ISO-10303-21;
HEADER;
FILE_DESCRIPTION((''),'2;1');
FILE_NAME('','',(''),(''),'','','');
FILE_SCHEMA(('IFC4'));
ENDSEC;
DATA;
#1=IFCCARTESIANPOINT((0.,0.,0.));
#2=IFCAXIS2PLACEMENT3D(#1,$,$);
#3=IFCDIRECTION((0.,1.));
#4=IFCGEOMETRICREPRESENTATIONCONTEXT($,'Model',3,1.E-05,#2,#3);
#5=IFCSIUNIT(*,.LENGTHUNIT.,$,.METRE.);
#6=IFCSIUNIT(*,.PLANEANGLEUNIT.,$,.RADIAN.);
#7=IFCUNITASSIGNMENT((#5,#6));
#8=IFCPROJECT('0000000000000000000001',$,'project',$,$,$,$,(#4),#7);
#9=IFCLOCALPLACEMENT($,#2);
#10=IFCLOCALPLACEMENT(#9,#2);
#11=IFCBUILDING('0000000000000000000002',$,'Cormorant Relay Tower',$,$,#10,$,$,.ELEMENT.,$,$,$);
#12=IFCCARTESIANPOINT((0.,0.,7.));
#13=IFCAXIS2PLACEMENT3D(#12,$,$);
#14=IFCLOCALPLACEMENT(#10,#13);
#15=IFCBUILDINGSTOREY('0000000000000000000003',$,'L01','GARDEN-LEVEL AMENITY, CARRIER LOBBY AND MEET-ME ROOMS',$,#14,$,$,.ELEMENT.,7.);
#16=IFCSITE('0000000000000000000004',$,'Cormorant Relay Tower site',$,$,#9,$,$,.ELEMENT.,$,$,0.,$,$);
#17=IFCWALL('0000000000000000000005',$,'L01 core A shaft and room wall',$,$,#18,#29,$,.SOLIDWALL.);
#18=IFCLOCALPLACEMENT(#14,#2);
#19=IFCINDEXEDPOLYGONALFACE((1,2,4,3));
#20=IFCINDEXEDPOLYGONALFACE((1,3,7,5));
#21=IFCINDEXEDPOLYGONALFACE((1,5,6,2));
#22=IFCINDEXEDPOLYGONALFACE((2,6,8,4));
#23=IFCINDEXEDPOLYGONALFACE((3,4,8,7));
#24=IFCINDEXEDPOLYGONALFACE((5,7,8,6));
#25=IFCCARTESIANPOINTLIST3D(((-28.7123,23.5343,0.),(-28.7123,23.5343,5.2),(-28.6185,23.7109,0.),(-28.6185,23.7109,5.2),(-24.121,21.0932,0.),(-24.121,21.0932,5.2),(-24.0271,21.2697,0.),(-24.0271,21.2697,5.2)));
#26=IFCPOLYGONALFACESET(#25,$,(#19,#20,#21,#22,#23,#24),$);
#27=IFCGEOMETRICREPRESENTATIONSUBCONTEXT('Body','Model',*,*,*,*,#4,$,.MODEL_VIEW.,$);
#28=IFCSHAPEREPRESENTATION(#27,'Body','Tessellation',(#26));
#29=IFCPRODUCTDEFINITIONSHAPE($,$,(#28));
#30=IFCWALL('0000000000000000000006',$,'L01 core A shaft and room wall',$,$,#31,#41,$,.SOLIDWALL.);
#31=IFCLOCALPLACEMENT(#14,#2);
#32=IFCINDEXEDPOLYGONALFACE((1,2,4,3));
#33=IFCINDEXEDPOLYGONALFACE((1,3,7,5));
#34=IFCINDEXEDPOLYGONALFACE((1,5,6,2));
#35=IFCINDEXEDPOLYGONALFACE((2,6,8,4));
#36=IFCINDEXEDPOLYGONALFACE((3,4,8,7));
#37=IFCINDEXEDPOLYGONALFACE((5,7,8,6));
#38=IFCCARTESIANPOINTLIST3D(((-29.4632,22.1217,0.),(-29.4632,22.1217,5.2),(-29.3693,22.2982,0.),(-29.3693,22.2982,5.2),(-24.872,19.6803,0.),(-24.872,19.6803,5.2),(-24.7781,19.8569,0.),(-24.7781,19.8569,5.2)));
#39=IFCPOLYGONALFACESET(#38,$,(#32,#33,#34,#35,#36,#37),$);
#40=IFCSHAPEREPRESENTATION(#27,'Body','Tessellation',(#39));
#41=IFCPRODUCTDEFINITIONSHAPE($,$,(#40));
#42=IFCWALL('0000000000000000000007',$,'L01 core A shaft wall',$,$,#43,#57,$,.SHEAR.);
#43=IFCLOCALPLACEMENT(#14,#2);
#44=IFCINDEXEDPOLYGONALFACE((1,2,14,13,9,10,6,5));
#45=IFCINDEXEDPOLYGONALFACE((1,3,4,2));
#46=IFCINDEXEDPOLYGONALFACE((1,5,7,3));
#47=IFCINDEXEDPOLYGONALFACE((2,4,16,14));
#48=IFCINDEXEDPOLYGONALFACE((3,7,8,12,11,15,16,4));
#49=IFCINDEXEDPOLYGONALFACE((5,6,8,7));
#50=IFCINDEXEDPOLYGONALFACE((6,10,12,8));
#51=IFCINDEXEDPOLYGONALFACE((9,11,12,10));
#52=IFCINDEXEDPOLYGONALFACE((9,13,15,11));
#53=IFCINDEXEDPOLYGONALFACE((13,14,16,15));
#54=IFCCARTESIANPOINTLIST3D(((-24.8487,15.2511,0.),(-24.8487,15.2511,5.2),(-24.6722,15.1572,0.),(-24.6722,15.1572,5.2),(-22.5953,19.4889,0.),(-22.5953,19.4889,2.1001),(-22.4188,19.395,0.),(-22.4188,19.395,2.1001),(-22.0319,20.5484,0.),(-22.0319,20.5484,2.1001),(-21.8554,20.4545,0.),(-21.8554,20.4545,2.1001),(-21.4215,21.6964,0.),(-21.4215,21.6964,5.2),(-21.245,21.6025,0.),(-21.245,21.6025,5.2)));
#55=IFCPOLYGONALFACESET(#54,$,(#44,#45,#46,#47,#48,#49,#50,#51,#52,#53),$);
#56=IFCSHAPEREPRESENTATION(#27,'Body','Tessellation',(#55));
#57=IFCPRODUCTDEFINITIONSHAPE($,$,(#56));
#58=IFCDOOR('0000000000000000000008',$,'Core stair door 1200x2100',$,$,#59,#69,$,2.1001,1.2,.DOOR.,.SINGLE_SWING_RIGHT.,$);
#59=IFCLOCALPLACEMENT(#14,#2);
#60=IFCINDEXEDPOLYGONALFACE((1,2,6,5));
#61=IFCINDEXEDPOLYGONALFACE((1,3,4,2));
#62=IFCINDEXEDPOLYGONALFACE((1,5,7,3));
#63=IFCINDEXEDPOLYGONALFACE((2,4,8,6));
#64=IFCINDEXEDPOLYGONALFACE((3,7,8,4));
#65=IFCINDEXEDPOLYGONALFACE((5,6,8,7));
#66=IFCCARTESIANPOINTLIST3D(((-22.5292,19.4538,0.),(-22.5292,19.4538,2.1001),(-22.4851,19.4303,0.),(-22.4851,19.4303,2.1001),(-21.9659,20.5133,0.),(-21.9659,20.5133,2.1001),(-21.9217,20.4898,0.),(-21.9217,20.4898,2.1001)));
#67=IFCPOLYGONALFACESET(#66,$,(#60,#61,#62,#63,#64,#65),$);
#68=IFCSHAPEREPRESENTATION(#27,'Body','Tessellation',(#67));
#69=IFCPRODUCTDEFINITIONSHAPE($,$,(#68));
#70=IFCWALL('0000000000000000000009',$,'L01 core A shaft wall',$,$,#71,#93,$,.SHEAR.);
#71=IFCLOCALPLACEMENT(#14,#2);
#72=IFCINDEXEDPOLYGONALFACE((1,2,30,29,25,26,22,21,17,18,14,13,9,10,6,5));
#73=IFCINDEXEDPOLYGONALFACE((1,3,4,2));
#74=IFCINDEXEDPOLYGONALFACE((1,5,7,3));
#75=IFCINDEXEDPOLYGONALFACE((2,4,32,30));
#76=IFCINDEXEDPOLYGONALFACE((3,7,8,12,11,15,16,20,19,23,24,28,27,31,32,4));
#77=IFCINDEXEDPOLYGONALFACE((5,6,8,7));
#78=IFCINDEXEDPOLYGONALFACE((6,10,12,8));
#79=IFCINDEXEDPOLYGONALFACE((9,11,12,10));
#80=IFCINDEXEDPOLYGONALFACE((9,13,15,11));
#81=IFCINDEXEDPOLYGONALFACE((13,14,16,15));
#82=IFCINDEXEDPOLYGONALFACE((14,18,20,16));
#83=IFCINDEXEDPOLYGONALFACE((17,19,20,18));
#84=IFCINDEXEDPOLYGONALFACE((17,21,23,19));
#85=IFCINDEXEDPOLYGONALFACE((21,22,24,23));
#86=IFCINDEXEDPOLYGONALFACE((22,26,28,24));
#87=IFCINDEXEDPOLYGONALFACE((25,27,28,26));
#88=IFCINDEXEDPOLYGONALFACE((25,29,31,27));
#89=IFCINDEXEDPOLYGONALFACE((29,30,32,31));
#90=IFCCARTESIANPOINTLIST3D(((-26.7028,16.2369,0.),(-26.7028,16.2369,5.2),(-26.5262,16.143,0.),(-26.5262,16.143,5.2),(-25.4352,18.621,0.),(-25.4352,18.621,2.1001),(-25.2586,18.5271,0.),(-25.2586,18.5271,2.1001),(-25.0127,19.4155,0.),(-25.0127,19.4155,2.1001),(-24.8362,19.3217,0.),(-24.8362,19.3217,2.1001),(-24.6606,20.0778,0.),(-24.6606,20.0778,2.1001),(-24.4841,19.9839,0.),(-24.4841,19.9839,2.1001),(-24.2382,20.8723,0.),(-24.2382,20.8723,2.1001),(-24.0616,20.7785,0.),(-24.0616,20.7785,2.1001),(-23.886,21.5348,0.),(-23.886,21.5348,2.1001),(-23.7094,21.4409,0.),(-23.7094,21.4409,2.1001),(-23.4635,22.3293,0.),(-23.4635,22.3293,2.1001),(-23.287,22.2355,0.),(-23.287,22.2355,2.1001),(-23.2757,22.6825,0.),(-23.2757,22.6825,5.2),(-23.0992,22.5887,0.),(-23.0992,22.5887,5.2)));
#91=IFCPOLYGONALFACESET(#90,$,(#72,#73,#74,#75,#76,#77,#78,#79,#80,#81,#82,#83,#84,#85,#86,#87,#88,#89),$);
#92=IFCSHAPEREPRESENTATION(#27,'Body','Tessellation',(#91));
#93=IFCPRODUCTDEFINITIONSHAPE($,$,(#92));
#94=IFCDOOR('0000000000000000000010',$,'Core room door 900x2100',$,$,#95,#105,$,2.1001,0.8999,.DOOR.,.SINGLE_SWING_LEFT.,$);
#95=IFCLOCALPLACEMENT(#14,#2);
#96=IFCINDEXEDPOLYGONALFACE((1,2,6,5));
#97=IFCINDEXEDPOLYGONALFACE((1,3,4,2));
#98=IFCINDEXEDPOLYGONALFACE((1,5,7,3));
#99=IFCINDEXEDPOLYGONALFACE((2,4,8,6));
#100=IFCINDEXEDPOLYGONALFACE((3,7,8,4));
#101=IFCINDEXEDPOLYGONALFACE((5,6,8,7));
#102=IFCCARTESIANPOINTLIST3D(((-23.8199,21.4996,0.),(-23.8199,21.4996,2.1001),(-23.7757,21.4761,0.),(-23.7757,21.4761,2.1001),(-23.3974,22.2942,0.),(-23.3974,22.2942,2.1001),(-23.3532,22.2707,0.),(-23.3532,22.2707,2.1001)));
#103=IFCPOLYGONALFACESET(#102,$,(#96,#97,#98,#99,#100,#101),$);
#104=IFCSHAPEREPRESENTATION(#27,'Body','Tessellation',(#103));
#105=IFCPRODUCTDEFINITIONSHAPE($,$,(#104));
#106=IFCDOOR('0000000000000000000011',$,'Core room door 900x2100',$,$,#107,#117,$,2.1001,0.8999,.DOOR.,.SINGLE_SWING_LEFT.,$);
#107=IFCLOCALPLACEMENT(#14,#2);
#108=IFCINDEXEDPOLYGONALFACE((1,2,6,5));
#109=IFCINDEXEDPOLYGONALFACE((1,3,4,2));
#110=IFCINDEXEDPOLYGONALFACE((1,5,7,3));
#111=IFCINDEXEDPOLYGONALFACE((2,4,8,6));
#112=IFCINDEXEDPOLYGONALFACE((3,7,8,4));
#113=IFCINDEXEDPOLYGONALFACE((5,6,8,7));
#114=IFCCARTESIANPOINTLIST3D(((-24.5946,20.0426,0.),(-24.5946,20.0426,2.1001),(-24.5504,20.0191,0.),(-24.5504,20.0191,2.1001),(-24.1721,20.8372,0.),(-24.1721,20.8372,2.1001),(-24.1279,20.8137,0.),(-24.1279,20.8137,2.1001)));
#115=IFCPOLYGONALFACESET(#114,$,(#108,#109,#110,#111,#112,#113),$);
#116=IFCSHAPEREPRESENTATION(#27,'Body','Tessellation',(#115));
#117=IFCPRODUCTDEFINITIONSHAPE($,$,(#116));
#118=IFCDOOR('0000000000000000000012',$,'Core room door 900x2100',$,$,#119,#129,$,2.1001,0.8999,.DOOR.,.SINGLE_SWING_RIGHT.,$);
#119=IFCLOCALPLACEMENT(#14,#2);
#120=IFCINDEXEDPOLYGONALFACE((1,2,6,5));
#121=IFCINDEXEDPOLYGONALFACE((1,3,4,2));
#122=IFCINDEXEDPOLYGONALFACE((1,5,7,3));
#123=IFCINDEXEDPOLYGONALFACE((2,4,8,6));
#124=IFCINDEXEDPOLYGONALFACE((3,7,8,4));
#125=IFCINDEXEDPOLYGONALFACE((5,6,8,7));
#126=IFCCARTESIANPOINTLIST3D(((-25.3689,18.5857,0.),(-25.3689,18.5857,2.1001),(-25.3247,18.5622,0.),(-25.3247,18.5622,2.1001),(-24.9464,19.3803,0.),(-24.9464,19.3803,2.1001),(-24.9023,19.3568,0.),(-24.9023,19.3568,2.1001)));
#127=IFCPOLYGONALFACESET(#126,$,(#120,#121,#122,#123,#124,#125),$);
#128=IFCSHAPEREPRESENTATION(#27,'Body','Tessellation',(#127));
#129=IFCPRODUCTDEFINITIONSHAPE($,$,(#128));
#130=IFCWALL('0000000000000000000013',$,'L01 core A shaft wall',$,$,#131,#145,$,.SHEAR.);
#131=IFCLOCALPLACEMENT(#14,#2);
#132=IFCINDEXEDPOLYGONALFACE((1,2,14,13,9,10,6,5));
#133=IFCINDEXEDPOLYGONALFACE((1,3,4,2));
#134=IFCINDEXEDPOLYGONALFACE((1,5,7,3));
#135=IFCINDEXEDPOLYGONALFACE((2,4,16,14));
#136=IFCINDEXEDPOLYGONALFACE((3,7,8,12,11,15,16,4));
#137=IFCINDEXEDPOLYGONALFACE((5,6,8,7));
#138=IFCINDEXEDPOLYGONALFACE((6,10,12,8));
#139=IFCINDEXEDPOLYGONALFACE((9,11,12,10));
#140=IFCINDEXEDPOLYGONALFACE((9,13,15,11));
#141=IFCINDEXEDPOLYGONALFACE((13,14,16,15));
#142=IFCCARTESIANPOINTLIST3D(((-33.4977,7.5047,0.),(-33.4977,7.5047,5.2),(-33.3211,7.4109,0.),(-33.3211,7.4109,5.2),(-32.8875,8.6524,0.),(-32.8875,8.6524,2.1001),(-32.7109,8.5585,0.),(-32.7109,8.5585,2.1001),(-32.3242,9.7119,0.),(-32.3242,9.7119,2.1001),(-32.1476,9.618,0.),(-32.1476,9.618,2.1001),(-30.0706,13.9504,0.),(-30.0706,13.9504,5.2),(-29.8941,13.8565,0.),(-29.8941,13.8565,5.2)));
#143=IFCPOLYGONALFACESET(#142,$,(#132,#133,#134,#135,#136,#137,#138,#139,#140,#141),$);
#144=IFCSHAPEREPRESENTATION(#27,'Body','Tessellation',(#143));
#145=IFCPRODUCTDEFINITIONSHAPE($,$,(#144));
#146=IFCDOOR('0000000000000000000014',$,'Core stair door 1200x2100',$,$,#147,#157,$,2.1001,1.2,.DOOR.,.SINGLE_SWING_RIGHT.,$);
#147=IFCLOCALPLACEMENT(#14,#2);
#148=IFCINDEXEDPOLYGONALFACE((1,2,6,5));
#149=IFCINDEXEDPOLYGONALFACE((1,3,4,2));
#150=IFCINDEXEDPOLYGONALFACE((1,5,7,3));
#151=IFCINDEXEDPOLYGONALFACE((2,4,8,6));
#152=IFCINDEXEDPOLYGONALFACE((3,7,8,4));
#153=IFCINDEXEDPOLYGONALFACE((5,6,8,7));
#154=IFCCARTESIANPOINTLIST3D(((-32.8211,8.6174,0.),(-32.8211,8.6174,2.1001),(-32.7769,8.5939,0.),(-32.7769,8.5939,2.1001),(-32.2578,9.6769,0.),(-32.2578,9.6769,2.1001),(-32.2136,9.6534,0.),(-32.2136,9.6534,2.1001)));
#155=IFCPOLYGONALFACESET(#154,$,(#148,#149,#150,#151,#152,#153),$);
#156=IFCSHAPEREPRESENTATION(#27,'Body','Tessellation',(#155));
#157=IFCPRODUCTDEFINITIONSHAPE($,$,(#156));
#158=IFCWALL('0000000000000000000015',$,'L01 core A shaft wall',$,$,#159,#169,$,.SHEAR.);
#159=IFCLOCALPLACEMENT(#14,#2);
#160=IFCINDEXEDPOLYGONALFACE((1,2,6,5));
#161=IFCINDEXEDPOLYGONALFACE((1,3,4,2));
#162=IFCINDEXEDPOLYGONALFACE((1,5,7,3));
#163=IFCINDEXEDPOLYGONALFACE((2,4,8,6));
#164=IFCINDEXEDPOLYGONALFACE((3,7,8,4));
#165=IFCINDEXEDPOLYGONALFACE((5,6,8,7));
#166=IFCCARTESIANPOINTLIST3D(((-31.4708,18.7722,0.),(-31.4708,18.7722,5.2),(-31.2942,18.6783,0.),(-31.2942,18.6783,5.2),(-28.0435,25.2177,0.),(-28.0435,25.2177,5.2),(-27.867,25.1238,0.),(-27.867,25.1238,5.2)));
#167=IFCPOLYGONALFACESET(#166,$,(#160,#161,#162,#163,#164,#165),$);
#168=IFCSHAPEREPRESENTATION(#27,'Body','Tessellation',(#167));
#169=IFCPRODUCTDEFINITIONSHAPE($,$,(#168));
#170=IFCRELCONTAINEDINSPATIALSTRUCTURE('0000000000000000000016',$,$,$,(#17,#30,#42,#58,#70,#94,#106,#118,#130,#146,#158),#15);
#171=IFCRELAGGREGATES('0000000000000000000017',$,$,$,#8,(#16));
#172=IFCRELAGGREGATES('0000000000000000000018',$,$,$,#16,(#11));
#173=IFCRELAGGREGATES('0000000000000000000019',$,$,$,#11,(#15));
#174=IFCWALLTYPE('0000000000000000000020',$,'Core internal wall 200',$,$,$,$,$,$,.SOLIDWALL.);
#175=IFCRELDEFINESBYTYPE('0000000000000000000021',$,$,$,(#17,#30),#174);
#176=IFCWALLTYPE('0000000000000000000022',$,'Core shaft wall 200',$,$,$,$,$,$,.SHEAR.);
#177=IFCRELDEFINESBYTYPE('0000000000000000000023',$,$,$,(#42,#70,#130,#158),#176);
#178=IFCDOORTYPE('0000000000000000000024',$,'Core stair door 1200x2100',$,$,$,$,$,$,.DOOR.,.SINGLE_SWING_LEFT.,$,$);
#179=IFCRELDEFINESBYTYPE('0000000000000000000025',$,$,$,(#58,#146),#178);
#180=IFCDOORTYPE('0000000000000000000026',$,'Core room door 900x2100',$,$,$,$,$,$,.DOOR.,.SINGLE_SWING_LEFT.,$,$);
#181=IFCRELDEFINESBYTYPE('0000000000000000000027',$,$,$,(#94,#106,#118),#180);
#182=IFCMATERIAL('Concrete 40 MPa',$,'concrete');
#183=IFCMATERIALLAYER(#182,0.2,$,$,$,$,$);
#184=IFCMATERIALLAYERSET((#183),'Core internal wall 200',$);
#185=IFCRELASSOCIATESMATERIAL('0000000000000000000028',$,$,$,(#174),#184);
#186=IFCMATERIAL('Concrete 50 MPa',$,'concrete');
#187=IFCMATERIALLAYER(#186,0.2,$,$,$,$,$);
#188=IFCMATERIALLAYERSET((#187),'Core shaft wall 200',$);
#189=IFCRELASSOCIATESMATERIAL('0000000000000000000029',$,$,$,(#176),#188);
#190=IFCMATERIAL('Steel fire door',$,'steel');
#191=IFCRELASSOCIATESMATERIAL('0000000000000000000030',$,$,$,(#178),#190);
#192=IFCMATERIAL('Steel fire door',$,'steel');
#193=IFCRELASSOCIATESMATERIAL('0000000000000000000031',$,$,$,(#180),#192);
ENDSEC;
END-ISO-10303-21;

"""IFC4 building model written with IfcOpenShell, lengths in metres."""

from ifc_helpers import new_model, si_unit, direction, frame, frame_2d, origin, place, context, subcontext, project, spatial, rectangle, extrude, material, layer, layer_set, type_object, element, fill, save


model = new_model("IFC4")

# Units and contexts
model_context = context("Model", 3, precision=1e-05, world=origin(), true_north=direction((0.0, 1.0)))
body_context = subcontext(model_context, "Body", "Model", "MODEL_VIEW")
ifc_project = project(units=[si_unit("LENGTHUNIT", "METRE"), si_unit("PLANEANGLEUNIT", "RADIAN")], contexts=[model_context])

# Site, building, storey
site_placement = place(None, origin())
site = spatial("IfcSite", under=ifc_project, at=site_placement, Name="Cormorant Relay Tower site", CompositionType="ELEMENT", RefElevation=0.0)
building_placement = place(site_placement, origin())
building = spatial("IfcBuilding", under=site, at=building_placement, Name="Cormorant Relay Tower", CompositionType="ELEMENT")
storey_placement = place(building_placement, frame((0.0, 0.0, 7.0)))
storey = spatial("IfcBuildingStorey", under=building, at=storey_placement, Name="L01", Description="GARDEN-LEVEL AMENITY, CARRIER LOBBY AND MEET-ME ROOMS", CompositionType="ELEMENT", Elevation=7.0)

# Walls
ifc_material_1 = material(Name="Concrete 40 MPa", Category="concrete")
ifc_layer_1 = layer(ifc_material_1, 0.2)
ifc_layer_set_1 = layer_set([ifc_layer_1], Name="Core internal wall 200")
wall_type_1 = type_object("IfcWallType", Name="Core internal wall 200", PredefinedType="SOLIDWALL", material=ifc_layer_set_1)
for number, where, z_axis, x_axis, name in (
    (1, (-24.074, 21.1814, 0.0), (0.0, 0.0, 1.0), (-0.882954, 0.46946, 0.0), "L01 core A shaft and room wall"),
    (2, (-24.825, 19.7686, 0.0), (0.0, 0.0, 1.0), (-0.882935, 0.469496, 0.0), "L01 core A shaft and room wall"),
):
    element("IfcWall", number, at=place(storey_placement, frame(where, z_axis=z_axis, x_axis=x_axis)), inside=storey, type_object=wall_type_1, Name=name, PredefinedType="SOLIDWALL", context=body_context, shape_type="SweptSolid", body=[
        extrude(rectangle(XDim=5.2, YDim=0.2, at=frame_2d((2.6001, 0.0))), origin(), (0.0, 0.0, 1.0), 5.2),
    ])

# Wall, opening, door
ifc_material_2 = material(Name="Concrete 50 MPa", Category="concrete")
ifc_layer_2 = layer(ifc_material_2, 0.2)
ifc_layer_set_2 = layer_set([ifc_layer_2], Name="Core shaft wall 200")
wall_type_2 = type_object("IfcWallType", Name="Core shaft wall 200", PredefinedType="SHEAR", material=ifc_layer_set_2)
wall_1_placement = place(storey_placement, frame((-21.3333, 21.6494, 0.0), z_axis=(0.0, 0.0, 1.0), x_axis=(-0.469494, -0.882936, 0.0)))
wall_1 = element("IfcWall", 3, at=wall_1_placement, inside=storey, type_object=wall_type_2, Name="L01 core A shaft wall", PredefinedType="SHEAR", context=body_context, shape_type="SweptSolid", body=[
    extrude(rectangle(XDim=7.2998, YDim=0.2, at=frame_2d((3.6499, 0.0))), origin(), (0.0, 0.0, 1.0), 5.2),
])
opening_1_placement = place(wall_1_placement, frame((1.3, 0.0, 0.0)))
opening_1 = element("IfcOpeningElement", 4, at=opening_1_placement, cuts=wall_1, PredefinedType="OPENING", context=body_context, shape_type="SweptSolid", body=[
    extrude(rectangle(XDim=1.2, YDim=2.1001, at=frame_2d((0.6001, 1.05))), frame((0.0, 0.1099, 0.0), z_axis=(0.0, -1.0, 0.0), x_axis=(1.0, 0.0, 0.0)), (0.0, 0.0, 1.0), 0.22),
])
ifc_material_3 = material(Name="Steel fire door", Category="steel")
door_type_1 = type_object("IfcDoorType", Name="Core stair door 1200x2100", OperationType="SINGLE_SWING_LEFT", PredefinedType="DOOR", material=ifc_material_3)
door_1_placement = place(opening_1_placement, origin())
door_1 = element("IfcDoor", 5, at=door_1_placement, inside=storey, type_object=door_type_1, Name="Core stair door 1200x2100", OperationType="SINGLE_SWING_RIGHT", OverallHeight=2.1001, OverallWidth=1.2, PredefinedType="DOOR", context=body_context, shape_type="SweptSolid", body=[
    extrude(rectangle(XDim=1.2, YDim=2.1001, at=frame_2d((0.6001, 1.05))), frame((0.0, 0.0249, 0.0), z_axis=(0.0, -1.0, 0.0), x_axis=(1.0, 0.0, 0.0)), (0.0, 0.0, 1.0), 0.05),
])
fill(opening_1, door_1)

# Wall, openings, doors
wall_2_placement = place(storey_placement, frame((-23.1875, 22.6355, 0.0), z_axis=(0.0, 0.0, 1.0), x_axis=(-0.469454, -0.882957, 0.0)))
wall_2 = element("IfcWall", 6, at=wall_2_placement, inside=storey, type_object=wall_type_2, Name="L01 core A shaft wall", PredefinedType="SHEAR", context=body_context, shape_type="SweptSolid", body=[
    extrude(rectangle(XDim=7.3, YDim=0.2, at=frame_2d((3.6499, 0.0))), origin(), (0.0, 0.0, 1.0), 5.2),
])
opening_2_placement = place(wall_2_placement, frame((0.3999, 0.0, 0.0)))
opening_2 = element("IfcOpeningElement", 7, at=opening_2_placement, cuts=wall_2, PredefinedType="OPENING", context=body_context, shape_type="SweptSolid", body=[
    extrude(rectangle(XDim=0.8999, YDim=2.1001, at=frame_2d((0.45, 1.05))), frame((0.0, 0.1099, 0.0), z_axis=(0.0, -1.0, 0.0), x_axis=(1.0, 0.0, 0.0)), (0.0, 0.0, 1.0), 0.22),
])
opening_3_placement = place(wall_2_placement, frame((2.05, 0.0, 0.0)))
opening_3 = element("IfcOpeningElement", 8, at=opening_3_placement, cuts=wall_2, PredefinedType="OPENING", context=body_context, shape_type="SweptSolid", body=[
    extrude(rectangle(XDim=0.8999, YDim=2.1001, at=frame_2d((0.45, 1.05))), frame((0.0, 0.1099, 0.0), z_axis=(0.0, -1.0, 0.0), x_axis=(1.0, 0.0, 0.0)), (0.0, 0.0, 1.0), 0.22),
])
opening_4_placement = place(wall_2_placement, frame((3.7, 0.0, 0.0)))
opening_4 = element("IfcOpeningElement", 9, at=opening_4_placement, cuts=wall_2, PredefinedType="OPENING", context=body_context, shape_type="SweptSolid", body=[
    extrude(rectangle(XDim=0.8999, YDim=2.1001, at=frame_2d((0.45, 1.05))), frame((0.0, 0.1099, 0.0), z_axis=(0.0, -1.0, 0.0), x_axis=(1.0, 0.0, 0.0)), (0.0, 0.0, 1.0), 0.22),
])
ifc_material_4 = material(Name="Steel fire door", Category="steel")
door_type_2 = type_object("IfcDoorType", Name="Core room door 900x2100", OperationType="SINGLE_SWING_LEFT", PredefinedType="DOOR", material=ifc_material_4)
door_2_placement = place(opening_2_placement, origin())
door_2 = element("IfcDoor", 10, at=door_2_placement, inside=storey, type_object=door_type_2, Name="Core room door 900x2100", OperationType="SINGLE_SWING_LEFT", OverallHeight=2.1001, OverallWidth=0.8999, PredefinedType="DOOR", context=body_context, shape_type="SweptSolid", body=[
    extrude(rectangle(XDim=0.8999, YDim=2.1001, at=frame_2d((0.45, 1.05))), frame((0.0, 0.0249, 0.0), z_axis=(0.0, -1.0, 0.0), x_axis=(1.0, 0.0, 0.0)), (0.0, 0.0, 1.0), 0.05),
])
fill(opening_2, door_2)
door_3_placement = place(opening_3_placement, origin())
door_3 = element("IfcDoor", 11, at=door_3_placement, inside=storey, type_object=door_type_2, Name="Core room door 900x2100", OperationType="SINGLE_SWING_LEFT", OverallHeight=2.1001, OverallWidth=0.8999, PredefinedType="DOOR", context=body_context, shape_type="SweptSolid", body=[
    extrude(rectangle(XDim=0.8999, YDim=2.1001, at=frame_2d((0.45, 1.05))), frame((0.0, 0.0249, 0.0), z_axis=(0.0, -1.0, 0.0), x_axis=(1.0, 0.0, 0.0)), (0.0, 0.0, 1.0), 0.05),
])
fill(opening_3, door_3)
door_4_placement = place(opening_4_placement, frame((0.8999, 0.0, 0.0), z_axis=(0.0, 0.0, 1.0), x_axis=(-1.0, 0.0, 0.0)))
door_4 = element("IfcDoor", 12, at=door_4_placement, inside=storey, type_object=door_type_2, Name="Core room door 900x2100", OperationType="SINGLE_SWING_RIGHT", OverallHeight=2.1001, OverallWidth=0.8999, PredefinedType="DOOR", context=body_context, shape_type="SweptSolid", body=[
    extrude(rectangle(XDim=0.8999, YDim=2.1001, at=frame_2d((0.45, 1.05))), frame((0.0, 0.0249, 0.0), z_axis=(0.0, -1.0, 0.0), x_axis=(1.0, 0.0, 0.0)), (0.0, 0.0, 1.0), 0.05),
])
fill(opening_4, door_4)

# Wall, opening, door
wall_3_placement = place(storey_placement, frame((-29.9824, 13.9033, 0.0), z_axis=(0.0, 0.0, 1.0), x_axis=(-0.469454, -0.882957, 0.0)))
wall_3 = element("IfcWall", 13, at=wall_3_placement, inside=storey, type_object=wall_type_2, Name="L01 core A shaft wall", PredefinedType="SHEAR", context=body_context, shape_type="SweptSolid", body=[
    extrude(rectangle(XDim=7.3, YDim=0.2, at=frame_2d((3.6499, 0.0))), origin(), (0.0, 0.0, 1.0), 5.2),
])
opening_5_placement = place(wall_3_placement, frame((4.8, 0.0, 0.0)))
opening_5 = element("IfcOpeningElement", 14, at=opening_5_placement, cuts=wall_3, PredefinedType="OPENING", context=body_context, shape_type="SweptSolid", body=[
    extrude(rectangle(XDim=1.2, YDim=2.1001, at=frame_2d((0.6001, 1.05))), frame((0.0, 0.1099, 0.0), z_axis=(0.0, -1.0, 0.0), x_axis=(1.0, 0.0, 0.0)), (0.0, 0.0, 1.0), 0.22),
])
door_5_placement = place(opening_5_placement, frame((1.2, 0.0, 0.0), z_axis=(0.0, 0.0, 1.0), x_axis=(-1.0, 0.0, 0.0)))
door_5 = element("IfcDoor", 15, at=door_5_placement, inside=storey, type_object=door_type_1, Name="Core stair door 1200x2100", OperationType="SINGLE_SWING_RIGHT", OverallHeight=2.1001, OverallWidth=1.2, PredefinedType="DOOR", context=body_context, shape_type="SweptSolid", body=[
    extrude(rectangle(XDim=1.2, YDim=2.1001, at=frame_2d((0.6001, 1.05))), frame((0.0, 0.0249, 0.0), z_axis=(0.0, -1.0, 0.0), x_axis=(1.0, 0.0, 0.0)), (0.0, 0.0, 1.0), 0.05),
])
fill(opening_5, door_5)

# Wall
wall_4_placement = place(storey_placement, frame((-27.9553, 25.1707, 0.0), z_axis=(0.0, 0.0, 1.0), x_axis=(-0.46948, -0.882943, 0.0)))
element("IfcWall", 16, at=wall_4_placement, inside=storey, type_object=wall_type_2, Name="L01 core A shaft wall", PredefinedType="SHEAR", context=body_context, shape_type="SweptSolid", body=[
    extrude(rectangle(XDim=7.3, YDim=0.2, at=frame_2d((3.6499, 0.0))), origin(), (0.0, 0.0, 1.0), 5.2),
])

save(model, "model.ifc")
